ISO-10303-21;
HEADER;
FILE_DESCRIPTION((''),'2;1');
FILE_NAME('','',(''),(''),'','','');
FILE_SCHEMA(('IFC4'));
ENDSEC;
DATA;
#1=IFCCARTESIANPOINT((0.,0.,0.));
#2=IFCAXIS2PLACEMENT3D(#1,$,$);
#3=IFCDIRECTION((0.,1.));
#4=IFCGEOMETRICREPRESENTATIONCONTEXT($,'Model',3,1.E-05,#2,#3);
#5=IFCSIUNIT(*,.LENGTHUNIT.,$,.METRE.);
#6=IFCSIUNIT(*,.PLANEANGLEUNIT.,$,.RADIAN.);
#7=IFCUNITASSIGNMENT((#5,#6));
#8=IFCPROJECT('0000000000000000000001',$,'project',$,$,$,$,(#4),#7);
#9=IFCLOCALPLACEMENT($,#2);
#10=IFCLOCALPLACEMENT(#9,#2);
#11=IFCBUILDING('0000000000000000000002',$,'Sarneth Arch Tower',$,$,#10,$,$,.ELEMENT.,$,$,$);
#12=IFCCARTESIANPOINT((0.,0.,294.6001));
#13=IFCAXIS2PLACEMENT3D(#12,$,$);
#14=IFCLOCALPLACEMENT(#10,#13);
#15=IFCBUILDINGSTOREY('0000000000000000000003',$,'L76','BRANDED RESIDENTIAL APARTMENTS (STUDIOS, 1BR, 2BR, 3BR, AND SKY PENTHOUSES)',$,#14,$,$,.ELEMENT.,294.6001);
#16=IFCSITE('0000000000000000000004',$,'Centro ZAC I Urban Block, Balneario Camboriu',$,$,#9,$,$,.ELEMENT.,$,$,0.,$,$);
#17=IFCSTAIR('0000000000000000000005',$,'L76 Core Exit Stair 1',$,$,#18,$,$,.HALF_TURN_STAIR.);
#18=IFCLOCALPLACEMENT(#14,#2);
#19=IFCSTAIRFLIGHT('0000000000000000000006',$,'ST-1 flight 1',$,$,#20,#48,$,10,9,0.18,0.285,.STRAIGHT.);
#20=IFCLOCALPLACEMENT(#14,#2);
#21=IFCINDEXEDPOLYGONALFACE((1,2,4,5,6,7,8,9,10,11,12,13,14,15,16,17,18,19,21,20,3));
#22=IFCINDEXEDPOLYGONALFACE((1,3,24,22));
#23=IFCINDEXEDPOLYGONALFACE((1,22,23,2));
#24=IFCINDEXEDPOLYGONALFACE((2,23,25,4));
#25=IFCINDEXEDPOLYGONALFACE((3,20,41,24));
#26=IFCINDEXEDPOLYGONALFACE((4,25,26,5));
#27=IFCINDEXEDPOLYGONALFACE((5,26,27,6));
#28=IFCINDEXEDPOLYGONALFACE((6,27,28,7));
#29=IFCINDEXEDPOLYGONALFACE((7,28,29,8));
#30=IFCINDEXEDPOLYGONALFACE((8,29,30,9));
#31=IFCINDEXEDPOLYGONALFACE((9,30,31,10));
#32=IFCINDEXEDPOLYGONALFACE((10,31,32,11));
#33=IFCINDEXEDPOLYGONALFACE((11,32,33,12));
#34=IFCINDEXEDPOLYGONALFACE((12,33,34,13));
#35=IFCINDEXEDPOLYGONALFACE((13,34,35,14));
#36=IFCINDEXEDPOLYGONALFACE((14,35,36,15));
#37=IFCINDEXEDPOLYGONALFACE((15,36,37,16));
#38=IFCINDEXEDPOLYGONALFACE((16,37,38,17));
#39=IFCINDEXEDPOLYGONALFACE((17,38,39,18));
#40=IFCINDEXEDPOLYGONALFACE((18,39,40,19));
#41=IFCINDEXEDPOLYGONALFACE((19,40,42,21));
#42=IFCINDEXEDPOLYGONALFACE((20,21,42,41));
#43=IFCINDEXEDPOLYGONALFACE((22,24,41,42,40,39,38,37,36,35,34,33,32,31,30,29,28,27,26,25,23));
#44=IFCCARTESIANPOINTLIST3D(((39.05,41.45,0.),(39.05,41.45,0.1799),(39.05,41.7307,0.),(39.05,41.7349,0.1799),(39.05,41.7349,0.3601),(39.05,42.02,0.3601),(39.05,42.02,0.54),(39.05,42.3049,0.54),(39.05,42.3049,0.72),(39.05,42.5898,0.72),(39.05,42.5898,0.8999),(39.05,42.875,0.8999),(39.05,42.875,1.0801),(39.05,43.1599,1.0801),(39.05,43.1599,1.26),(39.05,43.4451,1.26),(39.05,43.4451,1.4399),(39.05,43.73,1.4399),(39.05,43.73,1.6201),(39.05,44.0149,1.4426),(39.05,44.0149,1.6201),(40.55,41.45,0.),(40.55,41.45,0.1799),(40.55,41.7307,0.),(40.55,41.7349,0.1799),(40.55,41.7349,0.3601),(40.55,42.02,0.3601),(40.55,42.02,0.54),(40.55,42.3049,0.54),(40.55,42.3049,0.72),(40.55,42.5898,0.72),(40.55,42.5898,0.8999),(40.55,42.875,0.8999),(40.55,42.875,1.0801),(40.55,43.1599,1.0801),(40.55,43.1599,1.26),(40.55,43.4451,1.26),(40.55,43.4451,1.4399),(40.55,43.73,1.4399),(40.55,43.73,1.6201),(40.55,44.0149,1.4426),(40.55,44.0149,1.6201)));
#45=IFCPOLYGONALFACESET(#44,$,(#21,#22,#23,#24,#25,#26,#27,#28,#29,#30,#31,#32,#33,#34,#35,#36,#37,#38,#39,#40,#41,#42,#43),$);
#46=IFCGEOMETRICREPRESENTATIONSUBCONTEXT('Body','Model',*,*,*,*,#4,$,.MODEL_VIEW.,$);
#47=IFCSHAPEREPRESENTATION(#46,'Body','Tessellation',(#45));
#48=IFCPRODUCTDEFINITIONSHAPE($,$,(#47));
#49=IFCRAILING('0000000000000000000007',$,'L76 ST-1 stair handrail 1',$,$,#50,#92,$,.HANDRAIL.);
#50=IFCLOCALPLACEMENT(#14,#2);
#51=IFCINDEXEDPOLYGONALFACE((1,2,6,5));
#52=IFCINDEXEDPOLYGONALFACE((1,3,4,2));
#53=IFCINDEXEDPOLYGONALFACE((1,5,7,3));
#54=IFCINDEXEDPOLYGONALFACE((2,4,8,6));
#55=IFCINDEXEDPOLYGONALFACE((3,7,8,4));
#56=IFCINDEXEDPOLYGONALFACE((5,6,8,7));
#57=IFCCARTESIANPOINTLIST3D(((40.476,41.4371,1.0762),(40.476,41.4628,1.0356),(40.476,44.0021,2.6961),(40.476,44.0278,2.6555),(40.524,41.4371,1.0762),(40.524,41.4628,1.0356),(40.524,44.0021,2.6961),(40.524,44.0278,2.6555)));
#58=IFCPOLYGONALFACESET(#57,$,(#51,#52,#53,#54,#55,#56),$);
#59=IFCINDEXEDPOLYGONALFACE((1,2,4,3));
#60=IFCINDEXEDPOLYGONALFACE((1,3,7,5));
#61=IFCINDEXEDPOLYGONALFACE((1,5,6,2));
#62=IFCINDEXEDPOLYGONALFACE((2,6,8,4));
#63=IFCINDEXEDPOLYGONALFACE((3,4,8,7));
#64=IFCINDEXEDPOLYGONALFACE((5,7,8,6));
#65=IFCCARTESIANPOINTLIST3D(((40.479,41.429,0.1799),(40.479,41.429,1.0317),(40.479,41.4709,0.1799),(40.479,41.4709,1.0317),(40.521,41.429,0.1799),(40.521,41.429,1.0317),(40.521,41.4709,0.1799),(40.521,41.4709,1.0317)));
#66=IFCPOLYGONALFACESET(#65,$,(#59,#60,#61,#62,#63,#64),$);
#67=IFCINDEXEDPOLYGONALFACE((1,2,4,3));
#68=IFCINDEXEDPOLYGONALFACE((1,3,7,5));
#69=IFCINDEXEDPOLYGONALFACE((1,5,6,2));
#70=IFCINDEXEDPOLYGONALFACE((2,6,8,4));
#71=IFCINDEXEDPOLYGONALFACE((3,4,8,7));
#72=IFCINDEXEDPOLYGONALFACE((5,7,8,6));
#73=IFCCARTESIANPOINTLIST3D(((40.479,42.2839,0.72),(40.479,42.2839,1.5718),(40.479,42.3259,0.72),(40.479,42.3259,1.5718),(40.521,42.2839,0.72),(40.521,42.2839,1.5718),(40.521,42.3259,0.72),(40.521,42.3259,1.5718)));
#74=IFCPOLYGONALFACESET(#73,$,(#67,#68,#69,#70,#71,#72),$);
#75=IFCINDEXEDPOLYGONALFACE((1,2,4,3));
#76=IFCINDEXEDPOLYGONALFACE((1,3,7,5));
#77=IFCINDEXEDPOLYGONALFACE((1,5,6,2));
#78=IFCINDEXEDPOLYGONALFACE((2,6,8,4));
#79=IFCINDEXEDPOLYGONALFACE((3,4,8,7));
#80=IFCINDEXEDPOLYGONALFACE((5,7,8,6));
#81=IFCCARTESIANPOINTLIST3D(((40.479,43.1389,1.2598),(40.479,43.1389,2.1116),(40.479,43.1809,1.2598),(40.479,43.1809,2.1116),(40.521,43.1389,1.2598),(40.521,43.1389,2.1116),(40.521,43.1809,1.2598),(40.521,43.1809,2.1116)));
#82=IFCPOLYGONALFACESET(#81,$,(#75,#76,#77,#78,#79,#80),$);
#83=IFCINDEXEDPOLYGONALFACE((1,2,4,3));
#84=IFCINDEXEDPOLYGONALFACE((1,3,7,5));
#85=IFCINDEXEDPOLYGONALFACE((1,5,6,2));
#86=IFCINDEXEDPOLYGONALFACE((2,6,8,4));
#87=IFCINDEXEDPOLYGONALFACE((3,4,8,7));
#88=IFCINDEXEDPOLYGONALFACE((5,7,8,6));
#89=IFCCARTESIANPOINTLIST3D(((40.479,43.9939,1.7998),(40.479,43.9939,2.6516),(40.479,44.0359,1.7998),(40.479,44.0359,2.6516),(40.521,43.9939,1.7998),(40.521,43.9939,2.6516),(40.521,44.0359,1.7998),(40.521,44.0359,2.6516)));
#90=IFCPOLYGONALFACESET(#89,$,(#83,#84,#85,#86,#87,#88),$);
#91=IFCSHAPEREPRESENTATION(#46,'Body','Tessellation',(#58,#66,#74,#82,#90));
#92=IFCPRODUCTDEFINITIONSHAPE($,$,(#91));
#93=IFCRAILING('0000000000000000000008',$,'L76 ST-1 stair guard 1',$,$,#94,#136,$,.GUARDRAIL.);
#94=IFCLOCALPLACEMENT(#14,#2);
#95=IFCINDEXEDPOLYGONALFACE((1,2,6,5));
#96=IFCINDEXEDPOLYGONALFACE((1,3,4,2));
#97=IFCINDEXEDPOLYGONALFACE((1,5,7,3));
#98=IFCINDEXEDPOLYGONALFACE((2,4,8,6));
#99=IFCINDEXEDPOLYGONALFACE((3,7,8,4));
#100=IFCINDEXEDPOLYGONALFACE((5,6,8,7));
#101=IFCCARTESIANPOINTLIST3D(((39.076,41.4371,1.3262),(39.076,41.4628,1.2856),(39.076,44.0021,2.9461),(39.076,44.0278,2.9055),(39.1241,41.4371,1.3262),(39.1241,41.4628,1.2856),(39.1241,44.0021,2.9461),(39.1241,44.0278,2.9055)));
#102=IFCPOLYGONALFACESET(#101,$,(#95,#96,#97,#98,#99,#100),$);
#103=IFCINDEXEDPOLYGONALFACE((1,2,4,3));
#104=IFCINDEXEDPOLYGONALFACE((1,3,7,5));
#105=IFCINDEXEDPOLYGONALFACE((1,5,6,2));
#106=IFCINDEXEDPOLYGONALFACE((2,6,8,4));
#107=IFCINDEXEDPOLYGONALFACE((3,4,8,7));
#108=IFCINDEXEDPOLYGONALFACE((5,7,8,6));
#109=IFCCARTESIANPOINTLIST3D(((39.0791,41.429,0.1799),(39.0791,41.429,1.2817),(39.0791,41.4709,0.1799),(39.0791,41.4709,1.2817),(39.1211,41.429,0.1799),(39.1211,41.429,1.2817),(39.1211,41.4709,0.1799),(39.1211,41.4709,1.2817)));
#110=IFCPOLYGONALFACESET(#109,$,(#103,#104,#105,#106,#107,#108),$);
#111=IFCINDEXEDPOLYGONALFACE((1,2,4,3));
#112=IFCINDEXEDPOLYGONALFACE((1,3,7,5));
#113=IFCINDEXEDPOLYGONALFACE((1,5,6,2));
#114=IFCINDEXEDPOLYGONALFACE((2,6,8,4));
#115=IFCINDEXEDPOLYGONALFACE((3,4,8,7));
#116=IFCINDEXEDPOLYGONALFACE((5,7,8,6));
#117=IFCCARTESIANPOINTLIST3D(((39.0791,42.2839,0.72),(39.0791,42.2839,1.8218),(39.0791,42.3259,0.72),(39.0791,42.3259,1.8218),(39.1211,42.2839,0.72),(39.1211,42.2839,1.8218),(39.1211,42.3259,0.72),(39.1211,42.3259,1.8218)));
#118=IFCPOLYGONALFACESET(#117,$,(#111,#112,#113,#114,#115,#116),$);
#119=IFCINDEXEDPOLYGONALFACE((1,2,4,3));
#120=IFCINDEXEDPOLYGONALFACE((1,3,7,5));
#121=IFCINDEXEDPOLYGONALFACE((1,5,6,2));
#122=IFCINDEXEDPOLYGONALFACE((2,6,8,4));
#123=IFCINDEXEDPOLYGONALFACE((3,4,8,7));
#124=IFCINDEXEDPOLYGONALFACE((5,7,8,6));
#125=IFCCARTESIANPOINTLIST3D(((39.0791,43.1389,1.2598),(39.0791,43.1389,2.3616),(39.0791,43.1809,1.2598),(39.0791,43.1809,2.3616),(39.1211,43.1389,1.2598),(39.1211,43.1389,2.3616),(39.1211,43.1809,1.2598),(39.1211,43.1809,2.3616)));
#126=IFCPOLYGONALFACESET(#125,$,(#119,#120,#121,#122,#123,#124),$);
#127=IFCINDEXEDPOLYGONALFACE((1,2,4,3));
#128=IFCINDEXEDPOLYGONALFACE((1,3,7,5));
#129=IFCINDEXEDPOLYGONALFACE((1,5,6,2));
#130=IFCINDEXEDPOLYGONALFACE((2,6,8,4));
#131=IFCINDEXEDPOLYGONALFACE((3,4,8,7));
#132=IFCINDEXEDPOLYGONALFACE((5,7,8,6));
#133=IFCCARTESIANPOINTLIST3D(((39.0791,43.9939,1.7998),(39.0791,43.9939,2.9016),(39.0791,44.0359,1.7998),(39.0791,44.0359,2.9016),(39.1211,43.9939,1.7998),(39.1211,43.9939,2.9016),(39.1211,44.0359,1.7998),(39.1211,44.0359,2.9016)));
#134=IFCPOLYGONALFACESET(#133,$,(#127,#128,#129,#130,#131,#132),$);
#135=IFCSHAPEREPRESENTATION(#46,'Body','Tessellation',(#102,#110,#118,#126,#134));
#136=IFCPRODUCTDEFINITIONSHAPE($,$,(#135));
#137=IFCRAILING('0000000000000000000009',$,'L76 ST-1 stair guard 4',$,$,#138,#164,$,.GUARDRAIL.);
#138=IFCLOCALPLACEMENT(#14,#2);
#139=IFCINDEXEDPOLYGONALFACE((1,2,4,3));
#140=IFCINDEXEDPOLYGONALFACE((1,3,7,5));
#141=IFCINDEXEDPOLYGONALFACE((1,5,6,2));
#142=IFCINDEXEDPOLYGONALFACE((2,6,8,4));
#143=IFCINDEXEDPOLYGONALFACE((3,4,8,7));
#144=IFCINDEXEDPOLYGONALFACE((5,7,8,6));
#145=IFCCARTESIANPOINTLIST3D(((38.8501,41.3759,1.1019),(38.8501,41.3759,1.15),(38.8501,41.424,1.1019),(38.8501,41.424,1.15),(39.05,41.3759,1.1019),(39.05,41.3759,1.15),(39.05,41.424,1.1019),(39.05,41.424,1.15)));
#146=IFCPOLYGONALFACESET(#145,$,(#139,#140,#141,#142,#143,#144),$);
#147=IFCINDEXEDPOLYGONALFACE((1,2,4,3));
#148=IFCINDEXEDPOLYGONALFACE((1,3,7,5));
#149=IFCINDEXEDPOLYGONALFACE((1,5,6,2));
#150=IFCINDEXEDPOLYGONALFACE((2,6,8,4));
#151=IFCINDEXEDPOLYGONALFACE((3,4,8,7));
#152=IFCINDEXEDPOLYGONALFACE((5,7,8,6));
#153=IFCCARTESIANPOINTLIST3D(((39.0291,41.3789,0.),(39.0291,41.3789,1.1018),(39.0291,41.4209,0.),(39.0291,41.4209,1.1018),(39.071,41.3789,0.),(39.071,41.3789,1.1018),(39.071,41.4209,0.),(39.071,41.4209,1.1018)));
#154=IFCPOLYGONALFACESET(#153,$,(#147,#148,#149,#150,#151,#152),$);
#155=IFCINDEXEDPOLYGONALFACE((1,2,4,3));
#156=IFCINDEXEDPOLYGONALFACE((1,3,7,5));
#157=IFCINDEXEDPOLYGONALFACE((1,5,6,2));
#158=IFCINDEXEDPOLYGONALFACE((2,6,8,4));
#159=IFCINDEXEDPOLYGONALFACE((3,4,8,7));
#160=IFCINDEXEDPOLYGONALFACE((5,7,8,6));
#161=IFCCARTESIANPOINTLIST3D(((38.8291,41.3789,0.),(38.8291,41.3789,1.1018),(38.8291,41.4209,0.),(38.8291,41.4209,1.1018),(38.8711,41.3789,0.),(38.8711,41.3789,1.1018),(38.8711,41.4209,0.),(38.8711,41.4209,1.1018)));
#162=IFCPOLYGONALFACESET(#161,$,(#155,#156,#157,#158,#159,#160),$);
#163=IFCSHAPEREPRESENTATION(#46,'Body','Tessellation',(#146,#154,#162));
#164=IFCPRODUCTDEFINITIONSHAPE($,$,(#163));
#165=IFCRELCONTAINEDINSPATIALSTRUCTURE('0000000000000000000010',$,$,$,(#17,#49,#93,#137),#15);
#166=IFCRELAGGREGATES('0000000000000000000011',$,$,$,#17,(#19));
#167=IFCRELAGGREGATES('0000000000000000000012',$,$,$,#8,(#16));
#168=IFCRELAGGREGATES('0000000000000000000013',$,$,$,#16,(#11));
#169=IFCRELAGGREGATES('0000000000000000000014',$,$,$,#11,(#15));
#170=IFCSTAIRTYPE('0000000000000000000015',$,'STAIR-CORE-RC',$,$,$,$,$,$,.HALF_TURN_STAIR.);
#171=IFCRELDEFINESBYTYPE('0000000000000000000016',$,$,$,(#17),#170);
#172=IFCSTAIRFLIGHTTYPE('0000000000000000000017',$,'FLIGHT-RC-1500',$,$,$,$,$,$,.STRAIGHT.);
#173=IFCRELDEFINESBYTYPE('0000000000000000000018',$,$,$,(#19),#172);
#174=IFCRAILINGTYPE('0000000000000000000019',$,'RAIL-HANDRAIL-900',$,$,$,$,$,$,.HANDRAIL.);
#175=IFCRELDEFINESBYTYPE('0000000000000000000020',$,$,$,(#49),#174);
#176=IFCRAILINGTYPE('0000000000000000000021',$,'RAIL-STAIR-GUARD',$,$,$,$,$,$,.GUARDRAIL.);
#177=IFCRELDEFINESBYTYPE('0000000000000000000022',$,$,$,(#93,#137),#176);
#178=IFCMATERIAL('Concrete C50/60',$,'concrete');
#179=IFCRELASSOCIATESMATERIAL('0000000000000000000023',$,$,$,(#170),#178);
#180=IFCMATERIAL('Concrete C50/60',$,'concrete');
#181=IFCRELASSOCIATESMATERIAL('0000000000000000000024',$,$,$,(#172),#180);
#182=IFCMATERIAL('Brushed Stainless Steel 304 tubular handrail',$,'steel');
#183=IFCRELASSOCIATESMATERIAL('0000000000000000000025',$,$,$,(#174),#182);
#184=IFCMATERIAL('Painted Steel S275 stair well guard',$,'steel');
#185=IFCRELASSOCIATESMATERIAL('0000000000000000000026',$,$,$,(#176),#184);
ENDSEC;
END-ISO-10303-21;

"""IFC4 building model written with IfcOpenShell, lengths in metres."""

from ifc_helpers import new_model, si_unit, direction, frame, origin, origin_2d, place, context, subcontext, project, spatial, polyline, rectangle, outline, extrude, material, type_object, element, aggregate, save


model = new_model("IFC4")

# Units and contexts
model_context = context("Model", 3, precision=1e-05, world=origin(), true_north=direction((0.0, 1.0)))
body_context = subcontext(model_context, "Body", "Model", "MODEL_VIEW")
ifc_project = project(units=[si_unit("LENGTHUNIT", "METRE"), si_unit("PLANEANGLEUNIT", "RADIAN")], contexts=[model_context])

# Site, building, storey
site_placement = place(None, origin())
site = spatial("IfcSite", under=ifc_project, at=site_placement, Name="Centro ZAC I Urban Block, Balneario Camboriu", CompositionType="ELEMENT", RefElevation=0.0)
building_placement = place(site_placement, origin())
building = spatial("IfcBuilding", under=site, at=building_placement, Name="Sarneth Arch Tower", CompositionType="ELEMENT")
storey_placement = place(building_placement, frame((0.0, 0.0, 294.6001)))
storey = spatial("IfcBuildingStorey", under=building, at=storey_placement, Name="L76", Description="BRANDED RESIDENTIAL APARTMENTS (STUDIOS, 1BR, 2BR, 3BR, AND SKY PENTHOUSES)", CompositionType="ELEMENT", Elevation=294.6001)

# Stair, stair flight
ifc_material_1 = material(Name="Concrete C50/60", Category="concrete")
stair_type = type_object("IfcStairType", Name="STAIR-CORE-RC", PredefinedType="HALF_TURN_STAIR", material=ifc_material_1)
stair_placement = place(storey_placement, origin())
stair = element("IfcStair", 1, at=stair_placement, inside=storey, type_object=stair_type, Name="L76 Core Exit Stair 1", PredefinedType="HALF_TURN_STAIR")
ifc_material_2 = material(Name="Concrete C50/60", Category="concrete")
stair_flight_type = type_object("IfcStairFlightType", Name="FLIGHT-RC-1500", PredefinedType="STRAIGHT", material=ifc_material_2)
stair_flight_placement = place(storey_placement, frame((39.8, 41.45, 0.0), z_axis=(0.0, 0.0, 1.0), x_axis=(0.0, 1.0, 0.0)))
stair_flight = element("IfcStairFlight", 2, at=stair_flight_placement, type_object=stair_flight_type, Name="ST-1 flight 1", NumberOfRisers=10, NumberOfTreads=9, PredefinedType="STRAIGHT", RiserHeight=0.18, TreadLength=0.285, context=body_context, shape_type="SweptSolid", body=[
    extrude(outline(polyline([(0.0, 0.0), (0.0, 0.1799), (0.2849, 0.1799), (0.2849, 0.3601), (0.5701, 0.3601), (0.5701, 0.54), (0.855, 0.54), (0.855, 0.72), (1.1399, 0.72), (1.1399, 0.8999), (1.425, 0.8999), (1.425, 1.0801), (1.71, 1.0801), (1.71, 1.26), (1.9951, 1.26), (1.9951, 1.4399), (2.28, 1.4399), (2.28, 1.6201), (2.5649, 1.6201), (2.5649, 1.8), (2.5649, 1.4426), (0.2808, 0.0), (0.0, 0.0)])), frame((0.0, 0.75, 0.0), z_axis=(0.0, -1.0, 0.0), x_axis=(1.0, 0.0, 0.0)), (0.0, 0.0, 1.0), 1.5),
])
aggregate(stair, [stair_flight])

# Railings
ifc_material_3 = material(Name="Brushed Stainless Steel 304 tubular handrail", Category="steel")
railing_type_1 = type_object("IfcRailingType", Name="RAIL-HANDRAIL-900", PredefinedType="HANDRAIL", material=ifc_material_3)
railing_1_placement = place(storey_placement, frame((40.5, 41.45, 0.1799)))
element("IfcRailing", 3, at=railing_1_placement, inside=storey, type_object=railing_type_1, Name="L76 ST-1 stair handrail 1", PredefinedType="HANDRAIL", context=body_context, shape_type="SweptSolid", body=[
    extrude(rectangle(XDim=0.0481, YDim=0.0481, at=origin_2d()), frame((0.0, 0.0, 0.876), z_axis=(0.0, 0.845502, 0.533972), x_axis=(-1.0, 0.0, 0.0)), (0.0, 0.0, 1.0), 3.0337),
    extrude(rectangle(XDim=0.042, YDim=0.042, at=origin_2d()), origin(), (0.0, 0.0, 1.0), 0.8518),
    extrude(rectangle(XDim=0.042, YDim=0.042, at=origin_2d()), frame((0.0, 0.855, 0.54)), (0.0, 0.0, 1.0), 0.8518),
    extrude(rectangle(XDim=0.042, YDim=0.042, at=origin_2d()), frame((0.0, 1.71, 1.0798)), (0.0, 0.0, 1.0), 0.8518),
    extrude(rectangle(XDim=0.042, YDim=0.042, at=origin_2d()), frame((0.0, 2.5649, 1.6199)), (0.0, 0.0, 1.0), 0.8518),
])
ifc_material_4 = material(Name="Painted Steel S275 stair well guard", Category="steel")
railing_type_2 = type_object("IfcRailingType", Name="RAIL-STAIR-GUARD", PredefinedType="GUARDRAIL", material=ifc_material_4)
railing_2_placement = place(storey_placement, frame((39.1001, 41.45, 0.1799)))
element("IfcRailing", 4, at=railing_2_placement, inside=storey, type_object=railing_type_2, Name="L76 ST-1 stair guard 1", PredefinedType="GUARDRAIL", context=body_context, shape_type="SweptSolid", body=[
    extrude(rectangle(XDim=0.0481, YDim=0.0481, at=origin_2d()), frame((0.0, 0.0, 1.126), z_axis=(0.0, 0.845502, 0.533972), x_axis=(-1.0, 0.0, 0.0)), (0.0, 0.0, 1.0), 3.0337),
    extrude(rectangle(XDim=0.042, YDim=0.042, at=origin_2d()), origin(), (0.0, 0.0, 1.0), 1.1018),
    extrude(rectangle(XDim=0.042, YDim=0.042, at=origin_2d()), frame((0.0, 0.855, 0.54)), (0.0, 0.0, 1.0), 1.1018),
    extrude(rectangle(XDim=0.042, YDim=0.042, at=origin_2d()), frame((0.0, 1.71, 1.0798)), (0.0, 0.0, 1.0), 1.1018),
    extrude(rectangle(XDim=0.042, YDim=0.042, at=origin_2d()), frame((0.0, 2.5649, 1.6199)), (0.0, 0.0, 1.0), 1.1018),
])
railing_3_placement = place(storey_placement, frame((39.05, 41.3999, 0.0)))
element("IfcRailing", 5, at=railing_3_placement, inside=storey, type_object=railing_type_2, Name="L76 ST-1 stair guard 4", PredefinedType="GUARDRAIL", context=body_context, shape_type="SweptSolid", body=[
    extrude(rectangle(XDim=0.0481, YDim=0.0481, at=origin_2d()), frame((0.0, 0.0, 1.126), z_axis=(-1.0, 0.0, 0.0), x_axis=(0.0, -1.0, 0.0)), (0.0, 0.0, 1.0), 0.2),
    extrude(rectangle(XDim=0.042, YDim=0.042, at=origin_2d()), origin(), (0.0, 0.0, 1.0), 1.1018),
    extrude(rectangle(XDim=0.042, YDim=0.042, at=origin_2d()), frame((-0.2, 0.0, 0.0)), (0.0, 0.0, 1.0), 1.1018),
])

save(model, "model.ifc")
